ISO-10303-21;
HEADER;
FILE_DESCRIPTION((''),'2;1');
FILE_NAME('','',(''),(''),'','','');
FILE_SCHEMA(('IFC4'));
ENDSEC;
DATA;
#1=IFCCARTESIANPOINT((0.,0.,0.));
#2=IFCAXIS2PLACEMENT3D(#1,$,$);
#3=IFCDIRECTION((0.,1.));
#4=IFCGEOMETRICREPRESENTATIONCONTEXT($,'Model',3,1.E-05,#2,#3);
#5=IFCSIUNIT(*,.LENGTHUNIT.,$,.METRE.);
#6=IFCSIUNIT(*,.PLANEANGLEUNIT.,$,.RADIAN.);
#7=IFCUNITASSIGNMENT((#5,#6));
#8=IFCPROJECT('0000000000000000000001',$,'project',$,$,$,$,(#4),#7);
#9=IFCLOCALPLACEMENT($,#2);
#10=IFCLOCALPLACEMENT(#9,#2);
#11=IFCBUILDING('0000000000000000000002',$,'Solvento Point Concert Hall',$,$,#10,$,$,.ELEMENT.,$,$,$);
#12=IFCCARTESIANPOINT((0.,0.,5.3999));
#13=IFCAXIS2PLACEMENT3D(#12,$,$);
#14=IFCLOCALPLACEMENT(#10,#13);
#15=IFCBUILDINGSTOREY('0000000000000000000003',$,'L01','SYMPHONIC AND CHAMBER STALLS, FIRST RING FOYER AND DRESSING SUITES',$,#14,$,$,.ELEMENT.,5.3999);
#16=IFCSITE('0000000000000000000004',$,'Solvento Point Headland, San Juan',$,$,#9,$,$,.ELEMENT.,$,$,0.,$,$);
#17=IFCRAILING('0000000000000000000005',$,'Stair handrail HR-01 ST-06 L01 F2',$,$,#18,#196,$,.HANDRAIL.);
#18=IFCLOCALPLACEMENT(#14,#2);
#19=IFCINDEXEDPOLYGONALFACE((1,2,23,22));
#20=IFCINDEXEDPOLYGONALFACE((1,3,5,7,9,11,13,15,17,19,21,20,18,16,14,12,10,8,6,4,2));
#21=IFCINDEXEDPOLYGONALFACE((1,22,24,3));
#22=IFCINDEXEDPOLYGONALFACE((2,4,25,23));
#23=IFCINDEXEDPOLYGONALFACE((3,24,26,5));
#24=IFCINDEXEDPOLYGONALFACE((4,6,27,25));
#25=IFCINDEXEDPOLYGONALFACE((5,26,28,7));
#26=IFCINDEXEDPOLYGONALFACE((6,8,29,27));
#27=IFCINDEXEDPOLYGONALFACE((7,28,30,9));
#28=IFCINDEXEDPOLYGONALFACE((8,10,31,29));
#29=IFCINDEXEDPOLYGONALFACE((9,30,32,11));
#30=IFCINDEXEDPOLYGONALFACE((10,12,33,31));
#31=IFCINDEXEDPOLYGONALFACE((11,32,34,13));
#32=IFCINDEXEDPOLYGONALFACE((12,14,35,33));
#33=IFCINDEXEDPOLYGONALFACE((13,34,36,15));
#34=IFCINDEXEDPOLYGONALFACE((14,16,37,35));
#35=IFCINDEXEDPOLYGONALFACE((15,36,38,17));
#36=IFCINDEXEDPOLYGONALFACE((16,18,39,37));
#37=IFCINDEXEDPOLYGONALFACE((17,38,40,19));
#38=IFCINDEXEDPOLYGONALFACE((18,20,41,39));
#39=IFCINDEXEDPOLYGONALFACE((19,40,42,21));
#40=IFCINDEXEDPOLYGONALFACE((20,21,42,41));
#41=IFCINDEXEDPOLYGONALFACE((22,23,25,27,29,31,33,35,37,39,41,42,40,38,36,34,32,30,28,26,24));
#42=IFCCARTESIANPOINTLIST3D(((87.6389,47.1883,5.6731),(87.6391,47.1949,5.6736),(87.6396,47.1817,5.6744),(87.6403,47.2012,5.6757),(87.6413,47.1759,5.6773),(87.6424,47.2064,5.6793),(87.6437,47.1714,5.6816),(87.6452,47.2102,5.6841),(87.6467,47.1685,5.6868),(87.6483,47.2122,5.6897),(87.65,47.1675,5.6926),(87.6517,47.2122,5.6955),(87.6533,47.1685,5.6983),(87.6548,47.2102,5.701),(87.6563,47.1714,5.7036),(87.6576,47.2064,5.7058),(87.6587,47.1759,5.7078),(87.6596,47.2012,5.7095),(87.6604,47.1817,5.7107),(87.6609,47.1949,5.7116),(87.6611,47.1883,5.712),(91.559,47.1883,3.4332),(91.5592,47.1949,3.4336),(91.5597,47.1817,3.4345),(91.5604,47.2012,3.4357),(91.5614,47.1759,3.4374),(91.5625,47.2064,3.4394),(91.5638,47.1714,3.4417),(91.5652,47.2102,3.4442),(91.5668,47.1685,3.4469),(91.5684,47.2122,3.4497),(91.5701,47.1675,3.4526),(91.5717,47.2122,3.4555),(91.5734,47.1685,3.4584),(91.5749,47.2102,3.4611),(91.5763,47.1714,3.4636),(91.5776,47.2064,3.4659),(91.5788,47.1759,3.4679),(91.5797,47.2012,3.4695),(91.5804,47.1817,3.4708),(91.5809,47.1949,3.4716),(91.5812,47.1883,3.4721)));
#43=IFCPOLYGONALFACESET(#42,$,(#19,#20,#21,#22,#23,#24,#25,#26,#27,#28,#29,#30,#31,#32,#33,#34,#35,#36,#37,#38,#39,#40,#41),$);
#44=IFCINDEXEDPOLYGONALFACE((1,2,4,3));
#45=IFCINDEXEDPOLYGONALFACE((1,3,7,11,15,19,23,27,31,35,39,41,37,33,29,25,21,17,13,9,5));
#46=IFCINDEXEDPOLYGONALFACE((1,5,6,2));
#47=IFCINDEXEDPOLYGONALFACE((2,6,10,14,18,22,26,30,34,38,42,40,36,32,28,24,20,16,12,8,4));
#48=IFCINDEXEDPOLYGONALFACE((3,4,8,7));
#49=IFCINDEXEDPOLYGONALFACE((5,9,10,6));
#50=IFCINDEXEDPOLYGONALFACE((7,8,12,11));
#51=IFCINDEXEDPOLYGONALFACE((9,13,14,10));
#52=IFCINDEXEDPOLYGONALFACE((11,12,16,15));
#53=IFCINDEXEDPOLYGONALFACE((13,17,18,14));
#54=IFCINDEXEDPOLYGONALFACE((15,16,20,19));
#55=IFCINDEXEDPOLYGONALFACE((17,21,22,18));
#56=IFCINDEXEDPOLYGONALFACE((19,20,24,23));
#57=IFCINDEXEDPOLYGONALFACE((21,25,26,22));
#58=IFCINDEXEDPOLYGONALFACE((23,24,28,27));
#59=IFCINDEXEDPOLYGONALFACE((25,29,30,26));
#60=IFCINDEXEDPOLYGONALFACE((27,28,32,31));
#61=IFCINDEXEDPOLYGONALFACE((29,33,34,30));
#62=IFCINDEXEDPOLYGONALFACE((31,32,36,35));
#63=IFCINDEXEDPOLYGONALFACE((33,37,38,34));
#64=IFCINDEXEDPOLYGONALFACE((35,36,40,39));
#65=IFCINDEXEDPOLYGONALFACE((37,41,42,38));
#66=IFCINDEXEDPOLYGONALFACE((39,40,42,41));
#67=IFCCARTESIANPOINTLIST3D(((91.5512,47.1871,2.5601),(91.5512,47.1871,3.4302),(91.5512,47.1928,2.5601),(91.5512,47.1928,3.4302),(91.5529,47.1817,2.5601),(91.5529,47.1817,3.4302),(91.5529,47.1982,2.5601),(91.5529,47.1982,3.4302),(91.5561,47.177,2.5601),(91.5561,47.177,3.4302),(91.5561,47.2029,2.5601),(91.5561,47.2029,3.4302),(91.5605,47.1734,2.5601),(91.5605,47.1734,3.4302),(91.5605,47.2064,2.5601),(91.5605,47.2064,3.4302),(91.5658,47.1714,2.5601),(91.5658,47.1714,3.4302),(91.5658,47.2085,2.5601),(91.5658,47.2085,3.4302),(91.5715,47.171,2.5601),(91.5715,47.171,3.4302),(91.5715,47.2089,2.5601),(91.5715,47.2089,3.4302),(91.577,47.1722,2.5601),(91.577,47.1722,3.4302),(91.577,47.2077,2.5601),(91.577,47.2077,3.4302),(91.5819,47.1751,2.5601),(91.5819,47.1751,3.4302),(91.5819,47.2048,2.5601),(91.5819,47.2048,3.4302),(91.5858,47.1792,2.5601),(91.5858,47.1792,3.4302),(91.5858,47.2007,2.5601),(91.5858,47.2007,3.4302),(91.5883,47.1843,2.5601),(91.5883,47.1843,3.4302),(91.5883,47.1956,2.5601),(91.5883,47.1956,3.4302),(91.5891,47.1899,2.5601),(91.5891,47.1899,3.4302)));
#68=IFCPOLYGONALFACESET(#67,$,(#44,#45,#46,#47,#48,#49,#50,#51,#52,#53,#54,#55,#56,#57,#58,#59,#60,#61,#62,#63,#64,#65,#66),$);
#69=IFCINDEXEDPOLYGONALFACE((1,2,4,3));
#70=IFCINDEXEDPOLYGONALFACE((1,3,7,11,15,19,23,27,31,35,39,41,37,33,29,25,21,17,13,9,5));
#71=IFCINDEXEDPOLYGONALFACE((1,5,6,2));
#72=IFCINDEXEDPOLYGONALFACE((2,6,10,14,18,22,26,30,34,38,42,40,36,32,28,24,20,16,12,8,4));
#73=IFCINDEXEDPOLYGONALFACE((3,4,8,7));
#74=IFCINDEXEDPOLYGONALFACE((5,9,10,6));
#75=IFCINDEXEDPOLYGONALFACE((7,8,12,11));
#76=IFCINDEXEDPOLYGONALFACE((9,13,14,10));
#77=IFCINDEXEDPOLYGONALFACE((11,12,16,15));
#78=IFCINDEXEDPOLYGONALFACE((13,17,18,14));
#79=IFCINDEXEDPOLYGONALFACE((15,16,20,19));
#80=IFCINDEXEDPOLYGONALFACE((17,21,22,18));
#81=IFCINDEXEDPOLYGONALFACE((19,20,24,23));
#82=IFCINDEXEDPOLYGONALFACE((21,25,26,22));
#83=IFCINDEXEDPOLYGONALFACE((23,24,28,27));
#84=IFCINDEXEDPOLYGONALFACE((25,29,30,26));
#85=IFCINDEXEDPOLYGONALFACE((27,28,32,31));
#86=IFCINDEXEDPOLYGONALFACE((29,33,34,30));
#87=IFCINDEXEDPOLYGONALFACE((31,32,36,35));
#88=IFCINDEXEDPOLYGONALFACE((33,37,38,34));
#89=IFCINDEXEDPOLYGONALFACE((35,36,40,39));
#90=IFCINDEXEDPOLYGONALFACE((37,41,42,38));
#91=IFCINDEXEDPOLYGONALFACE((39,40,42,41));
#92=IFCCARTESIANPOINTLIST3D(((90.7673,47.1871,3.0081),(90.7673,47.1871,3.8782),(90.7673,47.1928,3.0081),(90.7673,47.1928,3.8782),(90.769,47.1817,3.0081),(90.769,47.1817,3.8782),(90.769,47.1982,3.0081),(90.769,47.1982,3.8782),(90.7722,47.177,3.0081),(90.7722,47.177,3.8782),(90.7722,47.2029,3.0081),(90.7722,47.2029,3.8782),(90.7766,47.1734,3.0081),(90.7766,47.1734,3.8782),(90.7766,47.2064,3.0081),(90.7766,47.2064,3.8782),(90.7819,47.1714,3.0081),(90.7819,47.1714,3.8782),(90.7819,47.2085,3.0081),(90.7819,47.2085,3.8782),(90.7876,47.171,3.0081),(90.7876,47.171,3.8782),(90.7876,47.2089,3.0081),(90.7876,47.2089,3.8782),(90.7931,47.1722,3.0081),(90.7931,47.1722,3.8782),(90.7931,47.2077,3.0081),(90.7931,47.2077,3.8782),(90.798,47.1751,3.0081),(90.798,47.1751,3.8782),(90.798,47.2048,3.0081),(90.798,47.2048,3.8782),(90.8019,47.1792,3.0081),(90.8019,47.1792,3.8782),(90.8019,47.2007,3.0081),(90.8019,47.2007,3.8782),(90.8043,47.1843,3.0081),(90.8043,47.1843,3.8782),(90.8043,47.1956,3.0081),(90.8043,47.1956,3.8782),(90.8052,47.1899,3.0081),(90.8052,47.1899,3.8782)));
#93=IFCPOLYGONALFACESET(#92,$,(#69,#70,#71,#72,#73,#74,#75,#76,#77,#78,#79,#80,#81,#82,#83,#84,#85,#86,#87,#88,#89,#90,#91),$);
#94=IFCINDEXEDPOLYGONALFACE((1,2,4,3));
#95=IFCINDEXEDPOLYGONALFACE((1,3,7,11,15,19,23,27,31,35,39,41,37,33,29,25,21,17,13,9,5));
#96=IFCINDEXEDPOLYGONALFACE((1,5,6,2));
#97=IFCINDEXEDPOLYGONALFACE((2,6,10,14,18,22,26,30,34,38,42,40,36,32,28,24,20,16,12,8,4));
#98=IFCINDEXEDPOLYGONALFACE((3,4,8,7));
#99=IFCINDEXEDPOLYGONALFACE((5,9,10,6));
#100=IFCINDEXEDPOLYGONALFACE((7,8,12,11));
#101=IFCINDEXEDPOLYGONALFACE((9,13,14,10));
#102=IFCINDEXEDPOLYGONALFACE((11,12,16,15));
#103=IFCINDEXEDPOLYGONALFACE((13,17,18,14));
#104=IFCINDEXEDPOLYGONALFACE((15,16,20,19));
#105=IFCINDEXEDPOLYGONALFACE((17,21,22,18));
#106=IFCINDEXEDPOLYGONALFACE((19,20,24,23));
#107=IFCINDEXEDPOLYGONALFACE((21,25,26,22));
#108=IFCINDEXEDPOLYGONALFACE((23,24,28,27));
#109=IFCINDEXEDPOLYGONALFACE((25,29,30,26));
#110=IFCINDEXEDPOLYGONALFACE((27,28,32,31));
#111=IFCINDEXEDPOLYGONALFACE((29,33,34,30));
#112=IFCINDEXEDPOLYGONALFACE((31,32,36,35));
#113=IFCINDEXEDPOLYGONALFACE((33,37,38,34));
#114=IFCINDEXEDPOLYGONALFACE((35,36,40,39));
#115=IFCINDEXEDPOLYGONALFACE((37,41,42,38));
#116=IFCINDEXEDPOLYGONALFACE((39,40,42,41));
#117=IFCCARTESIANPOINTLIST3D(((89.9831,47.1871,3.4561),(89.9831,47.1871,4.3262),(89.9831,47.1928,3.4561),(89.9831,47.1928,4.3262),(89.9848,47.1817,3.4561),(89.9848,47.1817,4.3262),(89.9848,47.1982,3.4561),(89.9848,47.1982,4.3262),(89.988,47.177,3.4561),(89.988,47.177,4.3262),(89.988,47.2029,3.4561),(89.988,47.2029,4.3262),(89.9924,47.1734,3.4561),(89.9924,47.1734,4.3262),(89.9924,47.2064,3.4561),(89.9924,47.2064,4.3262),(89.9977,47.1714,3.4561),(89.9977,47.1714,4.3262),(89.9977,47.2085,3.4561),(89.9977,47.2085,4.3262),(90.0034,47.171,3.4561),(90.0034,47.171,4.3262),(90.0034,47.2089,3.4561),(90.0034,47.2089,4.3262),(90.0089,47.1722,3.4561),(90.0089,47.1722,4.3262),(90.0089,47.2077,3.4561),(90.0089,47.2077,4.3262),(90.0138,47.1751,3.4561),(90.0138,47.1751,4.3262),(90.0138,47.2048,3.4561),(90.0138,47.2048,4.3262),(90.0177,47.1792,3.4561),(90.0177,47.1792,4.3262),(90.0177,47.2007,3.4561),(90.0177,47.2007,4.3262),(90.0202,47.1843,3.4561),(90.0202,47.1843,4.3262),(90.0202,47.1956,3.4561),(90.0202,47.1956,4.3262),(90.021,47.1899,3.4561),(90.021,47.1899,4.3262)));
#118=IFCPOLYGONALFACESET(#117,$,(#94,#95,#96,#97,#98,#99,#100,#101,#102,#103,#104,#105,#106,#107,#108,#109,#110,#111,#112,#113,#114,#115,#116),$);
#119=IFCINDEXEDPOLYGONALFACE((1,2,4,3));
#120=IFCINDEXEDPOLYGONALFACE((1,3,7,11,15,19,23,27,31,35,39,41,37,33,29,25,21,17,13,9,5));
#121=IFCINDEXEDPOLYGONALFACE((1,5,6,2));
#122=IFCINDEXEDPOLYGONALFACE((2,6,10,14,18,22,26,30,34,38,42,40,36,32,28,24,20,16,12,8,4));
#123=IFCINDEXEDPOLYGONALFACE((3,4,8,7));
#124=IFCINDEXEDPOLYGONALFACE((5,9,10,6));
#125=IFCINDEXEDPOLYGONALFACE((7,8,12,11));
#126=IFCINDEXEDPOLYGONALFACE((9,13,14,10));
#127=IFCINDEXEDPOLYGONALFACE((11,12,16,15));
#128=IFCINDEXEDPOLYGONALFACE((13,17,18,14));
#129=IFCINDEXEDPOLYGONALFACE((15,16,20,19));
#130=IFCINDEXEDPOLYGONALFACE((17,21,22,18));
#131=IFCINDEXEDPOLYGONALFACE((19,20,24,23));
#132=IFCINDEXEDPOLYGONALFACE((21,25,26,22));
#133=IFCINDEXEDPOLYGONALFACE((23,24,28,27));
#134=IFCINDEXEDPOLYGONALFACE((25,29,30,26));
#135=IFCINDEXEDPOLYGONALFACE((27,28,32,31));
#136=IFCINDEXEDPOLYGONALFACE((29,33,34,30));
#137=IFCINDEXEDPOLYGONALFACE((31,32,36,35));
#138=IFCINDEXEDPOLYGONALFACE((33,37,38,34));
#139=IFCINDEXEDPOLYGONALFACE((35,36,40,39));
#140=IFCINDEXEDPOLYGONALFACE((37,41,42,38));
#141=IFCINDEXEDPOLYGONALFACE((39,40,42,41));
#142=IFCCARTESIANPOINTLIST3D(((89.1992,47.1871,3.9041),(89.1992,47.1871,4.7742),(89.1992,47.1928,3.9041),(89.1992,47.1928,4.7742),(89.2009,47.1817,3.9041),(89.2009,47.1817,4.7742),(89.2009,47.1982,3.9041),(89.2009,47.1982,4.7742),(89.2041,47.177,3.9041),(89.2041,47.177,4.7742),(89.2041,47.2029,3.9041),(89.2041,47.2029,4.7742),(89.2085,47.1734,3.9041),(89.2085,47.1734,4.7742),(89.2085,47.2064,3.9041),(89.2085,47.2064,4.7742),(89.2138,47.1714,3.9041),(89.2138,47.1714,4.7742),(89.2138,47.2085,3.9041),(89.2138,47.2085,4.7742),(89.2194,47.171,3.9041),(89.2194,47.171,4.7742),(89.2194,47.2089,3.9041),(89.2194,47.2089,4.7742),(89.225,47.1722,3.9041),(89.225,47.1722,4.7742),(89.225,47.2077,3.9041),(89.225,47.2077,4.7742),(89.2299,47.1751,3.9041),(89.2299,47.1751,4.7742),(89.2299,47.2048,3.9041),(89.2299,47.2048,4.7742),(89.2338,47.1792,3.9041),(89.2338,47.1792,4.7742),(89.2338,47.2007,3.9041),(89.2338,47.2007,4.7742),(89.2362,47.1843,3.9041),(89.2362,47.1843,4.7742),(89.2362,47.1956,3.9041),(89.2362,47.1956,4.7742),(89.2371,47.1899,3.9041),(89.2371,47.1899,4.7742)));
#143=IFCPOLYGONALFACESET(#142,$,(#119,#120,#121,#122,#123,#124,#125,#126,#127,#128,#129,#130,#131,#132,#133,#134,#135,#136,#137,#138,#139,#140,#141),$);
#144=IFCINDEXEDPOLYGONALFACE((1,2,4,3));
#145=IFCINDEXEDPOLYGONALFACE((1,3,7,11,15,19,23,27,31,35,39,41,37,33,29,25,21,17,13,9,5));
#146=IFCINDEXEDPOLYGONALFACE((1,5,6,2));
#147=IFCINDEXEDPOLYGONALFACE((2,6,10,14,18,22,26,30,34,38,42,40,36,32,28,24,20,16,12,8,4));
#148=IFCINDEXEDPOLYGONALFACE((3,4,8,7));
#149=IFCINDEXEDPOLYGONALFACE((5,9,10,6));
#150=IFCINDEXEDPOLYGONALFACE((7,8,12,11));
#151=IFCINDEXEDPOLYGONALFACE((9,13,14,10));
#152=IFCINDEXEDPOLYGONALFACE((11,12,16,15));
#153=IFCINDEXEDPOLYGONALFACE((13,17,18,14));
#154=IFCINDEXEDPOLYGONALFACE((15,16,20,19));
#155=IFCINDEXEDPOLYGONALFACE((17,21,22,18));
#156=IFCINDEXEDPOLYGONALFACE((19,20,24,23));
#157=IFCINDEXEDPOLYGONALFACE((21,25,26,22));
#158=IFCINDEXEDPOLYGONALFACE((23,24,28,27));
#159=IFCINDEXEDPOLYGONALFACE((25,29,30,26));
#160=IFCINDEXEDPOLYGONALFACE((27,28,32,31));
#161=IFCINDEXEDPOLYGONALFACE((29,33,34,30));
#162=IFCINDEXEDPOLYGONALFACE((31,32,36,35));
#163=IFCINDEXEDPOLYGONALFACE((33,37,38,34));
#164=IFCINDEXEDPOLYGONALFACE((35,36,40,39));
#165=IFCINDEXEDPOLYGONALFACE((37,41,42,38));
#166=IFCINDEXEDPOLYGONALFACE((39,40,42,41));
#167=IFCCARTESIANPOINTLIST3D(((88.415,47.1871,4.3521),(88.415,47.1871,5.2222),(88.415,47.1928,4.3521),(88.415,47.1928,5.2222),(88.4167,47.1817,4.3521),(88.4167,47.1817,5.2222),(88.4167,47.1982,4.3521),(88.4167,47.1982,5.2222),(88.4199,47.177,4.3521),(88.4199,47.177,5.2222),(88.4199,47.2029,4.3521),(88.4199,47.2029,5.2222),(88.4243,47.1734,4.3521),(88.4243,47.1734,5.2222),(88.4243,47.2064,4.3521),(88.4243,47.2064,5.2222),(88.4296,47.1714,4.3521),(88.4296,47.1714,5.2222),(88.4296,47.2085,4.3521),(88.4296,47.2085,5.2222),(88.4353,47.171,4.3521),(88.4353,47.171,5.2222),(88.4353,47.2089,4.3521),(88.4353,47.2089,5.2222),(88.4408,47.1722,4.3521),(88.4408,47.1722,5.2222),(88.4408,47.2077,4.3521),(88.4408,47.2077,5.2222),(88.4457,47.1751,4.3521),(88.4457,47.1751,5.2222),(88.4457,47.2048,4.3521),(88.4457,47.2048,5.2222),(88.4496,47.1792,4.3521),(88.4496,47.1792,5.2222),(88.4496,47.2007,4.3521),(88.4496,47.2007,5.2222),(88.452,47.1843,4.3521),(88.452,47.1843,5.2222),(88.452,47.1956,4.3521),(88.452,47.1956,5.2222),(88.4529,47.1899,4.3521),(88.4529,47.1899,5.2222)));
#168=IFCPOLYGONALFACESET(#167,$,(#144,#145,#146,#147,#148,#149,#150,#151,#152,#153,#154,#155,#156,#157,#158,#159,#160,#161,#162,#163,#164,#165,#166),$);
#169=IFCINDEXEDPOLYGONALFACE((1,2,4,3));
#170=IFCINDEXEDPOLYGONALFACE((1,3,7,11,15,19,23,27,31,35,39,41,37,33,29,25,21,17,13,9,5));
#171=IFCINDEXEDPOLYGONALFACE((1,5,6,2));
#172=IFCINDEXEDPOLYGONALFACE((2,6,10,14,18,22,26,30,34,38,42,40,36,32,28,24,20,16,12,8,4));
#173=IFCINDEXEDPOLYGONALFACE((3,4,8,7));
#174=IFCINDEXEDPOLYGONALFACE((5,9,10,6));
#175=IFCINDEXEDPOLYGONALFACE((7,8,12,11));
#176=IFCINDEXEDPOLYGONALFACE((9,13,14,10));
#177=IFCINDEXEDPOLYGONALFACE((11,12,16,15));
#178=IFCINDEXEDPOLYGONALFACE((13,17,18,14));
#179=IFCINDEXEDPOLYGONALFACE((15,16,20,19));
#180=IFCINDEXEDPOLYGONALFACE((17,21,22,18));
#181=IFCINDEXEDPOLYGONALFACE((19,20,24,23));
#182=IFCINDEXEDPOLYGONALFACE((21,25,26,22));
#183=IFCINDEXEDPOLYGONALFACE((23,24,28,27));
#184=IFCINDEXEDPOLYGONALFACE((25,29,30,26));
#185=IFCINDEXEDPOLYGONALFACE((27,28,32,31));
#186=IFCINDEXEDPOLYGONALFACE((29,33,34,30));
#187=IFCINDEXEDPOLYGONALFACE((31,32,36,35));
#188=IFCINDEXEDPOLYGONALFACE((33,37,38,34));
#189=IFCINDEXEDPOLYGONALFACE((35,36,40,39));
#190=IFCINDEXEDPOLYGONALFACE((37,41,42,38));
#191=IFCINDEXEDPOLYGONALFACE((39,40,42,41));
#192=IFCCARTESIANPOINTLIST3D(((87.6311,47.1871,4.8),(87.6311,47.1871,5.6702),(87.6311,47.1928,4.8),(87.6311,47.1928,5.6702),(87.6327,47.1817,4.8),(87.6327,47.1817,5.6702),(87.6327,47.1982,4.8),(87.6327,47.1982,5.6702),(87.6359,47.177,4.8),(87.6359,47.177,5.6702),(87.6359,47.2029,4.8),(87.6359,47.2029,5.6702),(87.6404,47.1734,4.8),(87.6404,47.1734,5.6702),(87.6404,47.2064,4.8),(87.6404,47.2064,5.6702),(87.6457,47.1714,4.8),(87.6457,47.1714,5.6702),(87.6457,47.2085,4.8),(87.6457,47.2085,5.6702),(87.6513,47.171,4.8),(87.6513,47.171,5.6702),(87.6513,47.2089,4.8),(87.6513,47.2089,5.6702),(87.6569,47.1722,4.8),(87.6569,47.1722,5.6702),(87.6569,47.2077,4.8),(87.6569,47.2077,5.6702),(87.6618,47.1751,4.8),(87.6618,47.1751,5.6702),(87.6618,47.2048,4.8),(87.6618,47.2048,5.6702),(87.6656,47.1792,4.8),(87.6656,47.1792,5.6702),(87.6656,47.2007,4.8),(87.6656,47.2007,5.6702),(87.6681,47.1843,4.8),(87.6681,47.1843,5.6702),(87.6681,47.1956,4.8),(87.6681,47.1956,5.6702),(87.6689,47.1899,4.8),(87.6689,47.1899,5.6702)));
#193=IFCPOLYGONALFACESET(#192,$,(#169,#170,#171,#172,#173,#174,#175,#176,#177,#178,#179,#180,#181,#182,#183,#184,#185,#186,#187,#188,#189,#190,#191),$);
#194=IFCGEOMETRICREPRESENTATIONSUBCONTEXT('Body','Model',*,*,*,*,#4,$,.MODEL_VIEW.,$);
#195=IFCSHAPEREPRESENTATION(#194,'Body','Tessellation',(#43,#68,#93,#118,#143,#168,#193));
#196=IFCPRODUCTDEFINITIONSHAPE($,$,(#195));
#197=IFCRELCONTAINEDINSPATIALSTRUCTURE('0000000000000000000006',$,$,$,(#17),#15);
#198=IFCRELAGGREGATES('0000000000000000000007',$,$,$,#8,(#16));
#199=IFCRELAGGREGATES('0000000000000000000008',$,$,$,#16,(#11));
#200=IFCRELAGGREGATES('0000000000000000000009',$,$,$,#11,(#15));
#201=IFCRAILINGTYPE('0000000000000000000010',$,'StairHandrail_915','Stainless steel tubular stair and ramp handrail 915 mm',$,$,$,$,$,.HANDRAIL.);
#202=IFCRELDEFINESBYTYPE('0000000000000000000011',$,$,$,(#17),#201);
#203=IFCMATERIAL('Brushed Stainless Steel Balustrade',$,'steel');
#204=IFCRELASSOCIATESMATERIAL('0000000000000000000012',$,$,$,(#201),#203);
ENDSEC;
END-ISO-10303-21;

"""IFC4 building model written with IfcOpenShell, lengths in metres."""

from ifc_helpers import new_model, si_unit, direction, frame, origin, origin_2d, place, context, subcontext, project, spatial, circle, extrude, material, type_object, element, save


model = new_model("IFC4")

# Units and contexts
model_context = context("Model", 3, precision=1e-05, world=origin(), true_north=direction((0.0, 1.0)))
body_context = subcontext(model_context, "Body", "Model", "MODEL_VIEW")
ifc_project = project(units=[si_unit("LENGTHUNIT", "METRE"), si_unit("PLANEANGLEUNIT", "RADIAN")], contexts=[model_context])

# Site, building, storey
site_placement = place(None, origin())
site = spatial("IfcSite", under=ifc_project, at=site_placement, Name="Solvento Point Headland, San Juan", CompositionType="ELEMENT", RefElevation=0.0)
building_placement = place(site_placement, origin())
building = spatial("IfcBuilding", under=site, at=building_placement, Name="Solvento Point Concert Hall", CompositionType="ELEMENT")
storey_placement = place(building_placement, frame((0.0, 0.0, 5.3999)))
storey = spatial("IfcBuildingStorey", under=building, at=storey_placement, Name="L01", Description="SYMPHONIC AND CHAMBER STALLS, FIRST RING FOYER AND DRESSING SUITES", CompositionType="ELEMENT", Elevation=5.3999)

# Railing
ifc_material_1 = material(Name="Brushed Stainless Steel Balustrade", Category="steel")
railing_type_1 = type_object("IfcRailingType", Name="StairHandrail_915", Description="Stainless steel tubular stair and ramp handrail 915 mm", PredefinedType="HANDRAIL", material=ifc_material_1)
railing_1_placement = place(storey_placement, frame((91.5701, 47.1899, 2.5601)))
element("IfcRailing", 1, at=railing_1_placement, inside=storey, type_object=railing_type_1, Name="Stair handrail HR-01 ST-06 L01 F2", PredefinedType="HANDRAIL", context=body_context, shape_type="SweptSolid", body=[
    extrude(circle(Radius=0.0225, at=origin_2d()), frame((0.0, 0.0, 0.8926), z_axis=(-0.868253, 0.0, 0.496121), x_axis=(0.0, -1.0, 0.0)), (0.0, 0.0, 1.0), 4.5149),
    extrude(circle(Radius=0.019, at=origin_2d()), origin(), (0.0, 0.0, 1.0), 0.8701),
    extrude(circle(Radius=0.019, at=origin_2d()), frame((-0.7839, 0.0, 0.448)), (0.0, 0.0, 1.0), 0.8701),
    extrude(circle(Radius=0.019, at=origin_2d()), frame((-1.5681, 0.0, 0.896)), (0.0, 0.0, 1.0), 0.8701),
    extrude(circle(Radius=0.019, at=origin_2d()), frame((-2.3521, 0.0, 1.344)), (0.0, 0.0, 1.0), 0.8701),
    extrude(circle(Radius=0.019, at=origin_2d()), frame((-3.1362, 0.0, 1.792)), (0.0, 0.0, 1.0), 0.8701),
    extrude(circle(Radius=0.019, at=origin_2d()), frame((-3.9202, 0.0, 2.24)), (0.0, 0.0, 1.0), 0.8701),
])

save(model, "model.ifc")
